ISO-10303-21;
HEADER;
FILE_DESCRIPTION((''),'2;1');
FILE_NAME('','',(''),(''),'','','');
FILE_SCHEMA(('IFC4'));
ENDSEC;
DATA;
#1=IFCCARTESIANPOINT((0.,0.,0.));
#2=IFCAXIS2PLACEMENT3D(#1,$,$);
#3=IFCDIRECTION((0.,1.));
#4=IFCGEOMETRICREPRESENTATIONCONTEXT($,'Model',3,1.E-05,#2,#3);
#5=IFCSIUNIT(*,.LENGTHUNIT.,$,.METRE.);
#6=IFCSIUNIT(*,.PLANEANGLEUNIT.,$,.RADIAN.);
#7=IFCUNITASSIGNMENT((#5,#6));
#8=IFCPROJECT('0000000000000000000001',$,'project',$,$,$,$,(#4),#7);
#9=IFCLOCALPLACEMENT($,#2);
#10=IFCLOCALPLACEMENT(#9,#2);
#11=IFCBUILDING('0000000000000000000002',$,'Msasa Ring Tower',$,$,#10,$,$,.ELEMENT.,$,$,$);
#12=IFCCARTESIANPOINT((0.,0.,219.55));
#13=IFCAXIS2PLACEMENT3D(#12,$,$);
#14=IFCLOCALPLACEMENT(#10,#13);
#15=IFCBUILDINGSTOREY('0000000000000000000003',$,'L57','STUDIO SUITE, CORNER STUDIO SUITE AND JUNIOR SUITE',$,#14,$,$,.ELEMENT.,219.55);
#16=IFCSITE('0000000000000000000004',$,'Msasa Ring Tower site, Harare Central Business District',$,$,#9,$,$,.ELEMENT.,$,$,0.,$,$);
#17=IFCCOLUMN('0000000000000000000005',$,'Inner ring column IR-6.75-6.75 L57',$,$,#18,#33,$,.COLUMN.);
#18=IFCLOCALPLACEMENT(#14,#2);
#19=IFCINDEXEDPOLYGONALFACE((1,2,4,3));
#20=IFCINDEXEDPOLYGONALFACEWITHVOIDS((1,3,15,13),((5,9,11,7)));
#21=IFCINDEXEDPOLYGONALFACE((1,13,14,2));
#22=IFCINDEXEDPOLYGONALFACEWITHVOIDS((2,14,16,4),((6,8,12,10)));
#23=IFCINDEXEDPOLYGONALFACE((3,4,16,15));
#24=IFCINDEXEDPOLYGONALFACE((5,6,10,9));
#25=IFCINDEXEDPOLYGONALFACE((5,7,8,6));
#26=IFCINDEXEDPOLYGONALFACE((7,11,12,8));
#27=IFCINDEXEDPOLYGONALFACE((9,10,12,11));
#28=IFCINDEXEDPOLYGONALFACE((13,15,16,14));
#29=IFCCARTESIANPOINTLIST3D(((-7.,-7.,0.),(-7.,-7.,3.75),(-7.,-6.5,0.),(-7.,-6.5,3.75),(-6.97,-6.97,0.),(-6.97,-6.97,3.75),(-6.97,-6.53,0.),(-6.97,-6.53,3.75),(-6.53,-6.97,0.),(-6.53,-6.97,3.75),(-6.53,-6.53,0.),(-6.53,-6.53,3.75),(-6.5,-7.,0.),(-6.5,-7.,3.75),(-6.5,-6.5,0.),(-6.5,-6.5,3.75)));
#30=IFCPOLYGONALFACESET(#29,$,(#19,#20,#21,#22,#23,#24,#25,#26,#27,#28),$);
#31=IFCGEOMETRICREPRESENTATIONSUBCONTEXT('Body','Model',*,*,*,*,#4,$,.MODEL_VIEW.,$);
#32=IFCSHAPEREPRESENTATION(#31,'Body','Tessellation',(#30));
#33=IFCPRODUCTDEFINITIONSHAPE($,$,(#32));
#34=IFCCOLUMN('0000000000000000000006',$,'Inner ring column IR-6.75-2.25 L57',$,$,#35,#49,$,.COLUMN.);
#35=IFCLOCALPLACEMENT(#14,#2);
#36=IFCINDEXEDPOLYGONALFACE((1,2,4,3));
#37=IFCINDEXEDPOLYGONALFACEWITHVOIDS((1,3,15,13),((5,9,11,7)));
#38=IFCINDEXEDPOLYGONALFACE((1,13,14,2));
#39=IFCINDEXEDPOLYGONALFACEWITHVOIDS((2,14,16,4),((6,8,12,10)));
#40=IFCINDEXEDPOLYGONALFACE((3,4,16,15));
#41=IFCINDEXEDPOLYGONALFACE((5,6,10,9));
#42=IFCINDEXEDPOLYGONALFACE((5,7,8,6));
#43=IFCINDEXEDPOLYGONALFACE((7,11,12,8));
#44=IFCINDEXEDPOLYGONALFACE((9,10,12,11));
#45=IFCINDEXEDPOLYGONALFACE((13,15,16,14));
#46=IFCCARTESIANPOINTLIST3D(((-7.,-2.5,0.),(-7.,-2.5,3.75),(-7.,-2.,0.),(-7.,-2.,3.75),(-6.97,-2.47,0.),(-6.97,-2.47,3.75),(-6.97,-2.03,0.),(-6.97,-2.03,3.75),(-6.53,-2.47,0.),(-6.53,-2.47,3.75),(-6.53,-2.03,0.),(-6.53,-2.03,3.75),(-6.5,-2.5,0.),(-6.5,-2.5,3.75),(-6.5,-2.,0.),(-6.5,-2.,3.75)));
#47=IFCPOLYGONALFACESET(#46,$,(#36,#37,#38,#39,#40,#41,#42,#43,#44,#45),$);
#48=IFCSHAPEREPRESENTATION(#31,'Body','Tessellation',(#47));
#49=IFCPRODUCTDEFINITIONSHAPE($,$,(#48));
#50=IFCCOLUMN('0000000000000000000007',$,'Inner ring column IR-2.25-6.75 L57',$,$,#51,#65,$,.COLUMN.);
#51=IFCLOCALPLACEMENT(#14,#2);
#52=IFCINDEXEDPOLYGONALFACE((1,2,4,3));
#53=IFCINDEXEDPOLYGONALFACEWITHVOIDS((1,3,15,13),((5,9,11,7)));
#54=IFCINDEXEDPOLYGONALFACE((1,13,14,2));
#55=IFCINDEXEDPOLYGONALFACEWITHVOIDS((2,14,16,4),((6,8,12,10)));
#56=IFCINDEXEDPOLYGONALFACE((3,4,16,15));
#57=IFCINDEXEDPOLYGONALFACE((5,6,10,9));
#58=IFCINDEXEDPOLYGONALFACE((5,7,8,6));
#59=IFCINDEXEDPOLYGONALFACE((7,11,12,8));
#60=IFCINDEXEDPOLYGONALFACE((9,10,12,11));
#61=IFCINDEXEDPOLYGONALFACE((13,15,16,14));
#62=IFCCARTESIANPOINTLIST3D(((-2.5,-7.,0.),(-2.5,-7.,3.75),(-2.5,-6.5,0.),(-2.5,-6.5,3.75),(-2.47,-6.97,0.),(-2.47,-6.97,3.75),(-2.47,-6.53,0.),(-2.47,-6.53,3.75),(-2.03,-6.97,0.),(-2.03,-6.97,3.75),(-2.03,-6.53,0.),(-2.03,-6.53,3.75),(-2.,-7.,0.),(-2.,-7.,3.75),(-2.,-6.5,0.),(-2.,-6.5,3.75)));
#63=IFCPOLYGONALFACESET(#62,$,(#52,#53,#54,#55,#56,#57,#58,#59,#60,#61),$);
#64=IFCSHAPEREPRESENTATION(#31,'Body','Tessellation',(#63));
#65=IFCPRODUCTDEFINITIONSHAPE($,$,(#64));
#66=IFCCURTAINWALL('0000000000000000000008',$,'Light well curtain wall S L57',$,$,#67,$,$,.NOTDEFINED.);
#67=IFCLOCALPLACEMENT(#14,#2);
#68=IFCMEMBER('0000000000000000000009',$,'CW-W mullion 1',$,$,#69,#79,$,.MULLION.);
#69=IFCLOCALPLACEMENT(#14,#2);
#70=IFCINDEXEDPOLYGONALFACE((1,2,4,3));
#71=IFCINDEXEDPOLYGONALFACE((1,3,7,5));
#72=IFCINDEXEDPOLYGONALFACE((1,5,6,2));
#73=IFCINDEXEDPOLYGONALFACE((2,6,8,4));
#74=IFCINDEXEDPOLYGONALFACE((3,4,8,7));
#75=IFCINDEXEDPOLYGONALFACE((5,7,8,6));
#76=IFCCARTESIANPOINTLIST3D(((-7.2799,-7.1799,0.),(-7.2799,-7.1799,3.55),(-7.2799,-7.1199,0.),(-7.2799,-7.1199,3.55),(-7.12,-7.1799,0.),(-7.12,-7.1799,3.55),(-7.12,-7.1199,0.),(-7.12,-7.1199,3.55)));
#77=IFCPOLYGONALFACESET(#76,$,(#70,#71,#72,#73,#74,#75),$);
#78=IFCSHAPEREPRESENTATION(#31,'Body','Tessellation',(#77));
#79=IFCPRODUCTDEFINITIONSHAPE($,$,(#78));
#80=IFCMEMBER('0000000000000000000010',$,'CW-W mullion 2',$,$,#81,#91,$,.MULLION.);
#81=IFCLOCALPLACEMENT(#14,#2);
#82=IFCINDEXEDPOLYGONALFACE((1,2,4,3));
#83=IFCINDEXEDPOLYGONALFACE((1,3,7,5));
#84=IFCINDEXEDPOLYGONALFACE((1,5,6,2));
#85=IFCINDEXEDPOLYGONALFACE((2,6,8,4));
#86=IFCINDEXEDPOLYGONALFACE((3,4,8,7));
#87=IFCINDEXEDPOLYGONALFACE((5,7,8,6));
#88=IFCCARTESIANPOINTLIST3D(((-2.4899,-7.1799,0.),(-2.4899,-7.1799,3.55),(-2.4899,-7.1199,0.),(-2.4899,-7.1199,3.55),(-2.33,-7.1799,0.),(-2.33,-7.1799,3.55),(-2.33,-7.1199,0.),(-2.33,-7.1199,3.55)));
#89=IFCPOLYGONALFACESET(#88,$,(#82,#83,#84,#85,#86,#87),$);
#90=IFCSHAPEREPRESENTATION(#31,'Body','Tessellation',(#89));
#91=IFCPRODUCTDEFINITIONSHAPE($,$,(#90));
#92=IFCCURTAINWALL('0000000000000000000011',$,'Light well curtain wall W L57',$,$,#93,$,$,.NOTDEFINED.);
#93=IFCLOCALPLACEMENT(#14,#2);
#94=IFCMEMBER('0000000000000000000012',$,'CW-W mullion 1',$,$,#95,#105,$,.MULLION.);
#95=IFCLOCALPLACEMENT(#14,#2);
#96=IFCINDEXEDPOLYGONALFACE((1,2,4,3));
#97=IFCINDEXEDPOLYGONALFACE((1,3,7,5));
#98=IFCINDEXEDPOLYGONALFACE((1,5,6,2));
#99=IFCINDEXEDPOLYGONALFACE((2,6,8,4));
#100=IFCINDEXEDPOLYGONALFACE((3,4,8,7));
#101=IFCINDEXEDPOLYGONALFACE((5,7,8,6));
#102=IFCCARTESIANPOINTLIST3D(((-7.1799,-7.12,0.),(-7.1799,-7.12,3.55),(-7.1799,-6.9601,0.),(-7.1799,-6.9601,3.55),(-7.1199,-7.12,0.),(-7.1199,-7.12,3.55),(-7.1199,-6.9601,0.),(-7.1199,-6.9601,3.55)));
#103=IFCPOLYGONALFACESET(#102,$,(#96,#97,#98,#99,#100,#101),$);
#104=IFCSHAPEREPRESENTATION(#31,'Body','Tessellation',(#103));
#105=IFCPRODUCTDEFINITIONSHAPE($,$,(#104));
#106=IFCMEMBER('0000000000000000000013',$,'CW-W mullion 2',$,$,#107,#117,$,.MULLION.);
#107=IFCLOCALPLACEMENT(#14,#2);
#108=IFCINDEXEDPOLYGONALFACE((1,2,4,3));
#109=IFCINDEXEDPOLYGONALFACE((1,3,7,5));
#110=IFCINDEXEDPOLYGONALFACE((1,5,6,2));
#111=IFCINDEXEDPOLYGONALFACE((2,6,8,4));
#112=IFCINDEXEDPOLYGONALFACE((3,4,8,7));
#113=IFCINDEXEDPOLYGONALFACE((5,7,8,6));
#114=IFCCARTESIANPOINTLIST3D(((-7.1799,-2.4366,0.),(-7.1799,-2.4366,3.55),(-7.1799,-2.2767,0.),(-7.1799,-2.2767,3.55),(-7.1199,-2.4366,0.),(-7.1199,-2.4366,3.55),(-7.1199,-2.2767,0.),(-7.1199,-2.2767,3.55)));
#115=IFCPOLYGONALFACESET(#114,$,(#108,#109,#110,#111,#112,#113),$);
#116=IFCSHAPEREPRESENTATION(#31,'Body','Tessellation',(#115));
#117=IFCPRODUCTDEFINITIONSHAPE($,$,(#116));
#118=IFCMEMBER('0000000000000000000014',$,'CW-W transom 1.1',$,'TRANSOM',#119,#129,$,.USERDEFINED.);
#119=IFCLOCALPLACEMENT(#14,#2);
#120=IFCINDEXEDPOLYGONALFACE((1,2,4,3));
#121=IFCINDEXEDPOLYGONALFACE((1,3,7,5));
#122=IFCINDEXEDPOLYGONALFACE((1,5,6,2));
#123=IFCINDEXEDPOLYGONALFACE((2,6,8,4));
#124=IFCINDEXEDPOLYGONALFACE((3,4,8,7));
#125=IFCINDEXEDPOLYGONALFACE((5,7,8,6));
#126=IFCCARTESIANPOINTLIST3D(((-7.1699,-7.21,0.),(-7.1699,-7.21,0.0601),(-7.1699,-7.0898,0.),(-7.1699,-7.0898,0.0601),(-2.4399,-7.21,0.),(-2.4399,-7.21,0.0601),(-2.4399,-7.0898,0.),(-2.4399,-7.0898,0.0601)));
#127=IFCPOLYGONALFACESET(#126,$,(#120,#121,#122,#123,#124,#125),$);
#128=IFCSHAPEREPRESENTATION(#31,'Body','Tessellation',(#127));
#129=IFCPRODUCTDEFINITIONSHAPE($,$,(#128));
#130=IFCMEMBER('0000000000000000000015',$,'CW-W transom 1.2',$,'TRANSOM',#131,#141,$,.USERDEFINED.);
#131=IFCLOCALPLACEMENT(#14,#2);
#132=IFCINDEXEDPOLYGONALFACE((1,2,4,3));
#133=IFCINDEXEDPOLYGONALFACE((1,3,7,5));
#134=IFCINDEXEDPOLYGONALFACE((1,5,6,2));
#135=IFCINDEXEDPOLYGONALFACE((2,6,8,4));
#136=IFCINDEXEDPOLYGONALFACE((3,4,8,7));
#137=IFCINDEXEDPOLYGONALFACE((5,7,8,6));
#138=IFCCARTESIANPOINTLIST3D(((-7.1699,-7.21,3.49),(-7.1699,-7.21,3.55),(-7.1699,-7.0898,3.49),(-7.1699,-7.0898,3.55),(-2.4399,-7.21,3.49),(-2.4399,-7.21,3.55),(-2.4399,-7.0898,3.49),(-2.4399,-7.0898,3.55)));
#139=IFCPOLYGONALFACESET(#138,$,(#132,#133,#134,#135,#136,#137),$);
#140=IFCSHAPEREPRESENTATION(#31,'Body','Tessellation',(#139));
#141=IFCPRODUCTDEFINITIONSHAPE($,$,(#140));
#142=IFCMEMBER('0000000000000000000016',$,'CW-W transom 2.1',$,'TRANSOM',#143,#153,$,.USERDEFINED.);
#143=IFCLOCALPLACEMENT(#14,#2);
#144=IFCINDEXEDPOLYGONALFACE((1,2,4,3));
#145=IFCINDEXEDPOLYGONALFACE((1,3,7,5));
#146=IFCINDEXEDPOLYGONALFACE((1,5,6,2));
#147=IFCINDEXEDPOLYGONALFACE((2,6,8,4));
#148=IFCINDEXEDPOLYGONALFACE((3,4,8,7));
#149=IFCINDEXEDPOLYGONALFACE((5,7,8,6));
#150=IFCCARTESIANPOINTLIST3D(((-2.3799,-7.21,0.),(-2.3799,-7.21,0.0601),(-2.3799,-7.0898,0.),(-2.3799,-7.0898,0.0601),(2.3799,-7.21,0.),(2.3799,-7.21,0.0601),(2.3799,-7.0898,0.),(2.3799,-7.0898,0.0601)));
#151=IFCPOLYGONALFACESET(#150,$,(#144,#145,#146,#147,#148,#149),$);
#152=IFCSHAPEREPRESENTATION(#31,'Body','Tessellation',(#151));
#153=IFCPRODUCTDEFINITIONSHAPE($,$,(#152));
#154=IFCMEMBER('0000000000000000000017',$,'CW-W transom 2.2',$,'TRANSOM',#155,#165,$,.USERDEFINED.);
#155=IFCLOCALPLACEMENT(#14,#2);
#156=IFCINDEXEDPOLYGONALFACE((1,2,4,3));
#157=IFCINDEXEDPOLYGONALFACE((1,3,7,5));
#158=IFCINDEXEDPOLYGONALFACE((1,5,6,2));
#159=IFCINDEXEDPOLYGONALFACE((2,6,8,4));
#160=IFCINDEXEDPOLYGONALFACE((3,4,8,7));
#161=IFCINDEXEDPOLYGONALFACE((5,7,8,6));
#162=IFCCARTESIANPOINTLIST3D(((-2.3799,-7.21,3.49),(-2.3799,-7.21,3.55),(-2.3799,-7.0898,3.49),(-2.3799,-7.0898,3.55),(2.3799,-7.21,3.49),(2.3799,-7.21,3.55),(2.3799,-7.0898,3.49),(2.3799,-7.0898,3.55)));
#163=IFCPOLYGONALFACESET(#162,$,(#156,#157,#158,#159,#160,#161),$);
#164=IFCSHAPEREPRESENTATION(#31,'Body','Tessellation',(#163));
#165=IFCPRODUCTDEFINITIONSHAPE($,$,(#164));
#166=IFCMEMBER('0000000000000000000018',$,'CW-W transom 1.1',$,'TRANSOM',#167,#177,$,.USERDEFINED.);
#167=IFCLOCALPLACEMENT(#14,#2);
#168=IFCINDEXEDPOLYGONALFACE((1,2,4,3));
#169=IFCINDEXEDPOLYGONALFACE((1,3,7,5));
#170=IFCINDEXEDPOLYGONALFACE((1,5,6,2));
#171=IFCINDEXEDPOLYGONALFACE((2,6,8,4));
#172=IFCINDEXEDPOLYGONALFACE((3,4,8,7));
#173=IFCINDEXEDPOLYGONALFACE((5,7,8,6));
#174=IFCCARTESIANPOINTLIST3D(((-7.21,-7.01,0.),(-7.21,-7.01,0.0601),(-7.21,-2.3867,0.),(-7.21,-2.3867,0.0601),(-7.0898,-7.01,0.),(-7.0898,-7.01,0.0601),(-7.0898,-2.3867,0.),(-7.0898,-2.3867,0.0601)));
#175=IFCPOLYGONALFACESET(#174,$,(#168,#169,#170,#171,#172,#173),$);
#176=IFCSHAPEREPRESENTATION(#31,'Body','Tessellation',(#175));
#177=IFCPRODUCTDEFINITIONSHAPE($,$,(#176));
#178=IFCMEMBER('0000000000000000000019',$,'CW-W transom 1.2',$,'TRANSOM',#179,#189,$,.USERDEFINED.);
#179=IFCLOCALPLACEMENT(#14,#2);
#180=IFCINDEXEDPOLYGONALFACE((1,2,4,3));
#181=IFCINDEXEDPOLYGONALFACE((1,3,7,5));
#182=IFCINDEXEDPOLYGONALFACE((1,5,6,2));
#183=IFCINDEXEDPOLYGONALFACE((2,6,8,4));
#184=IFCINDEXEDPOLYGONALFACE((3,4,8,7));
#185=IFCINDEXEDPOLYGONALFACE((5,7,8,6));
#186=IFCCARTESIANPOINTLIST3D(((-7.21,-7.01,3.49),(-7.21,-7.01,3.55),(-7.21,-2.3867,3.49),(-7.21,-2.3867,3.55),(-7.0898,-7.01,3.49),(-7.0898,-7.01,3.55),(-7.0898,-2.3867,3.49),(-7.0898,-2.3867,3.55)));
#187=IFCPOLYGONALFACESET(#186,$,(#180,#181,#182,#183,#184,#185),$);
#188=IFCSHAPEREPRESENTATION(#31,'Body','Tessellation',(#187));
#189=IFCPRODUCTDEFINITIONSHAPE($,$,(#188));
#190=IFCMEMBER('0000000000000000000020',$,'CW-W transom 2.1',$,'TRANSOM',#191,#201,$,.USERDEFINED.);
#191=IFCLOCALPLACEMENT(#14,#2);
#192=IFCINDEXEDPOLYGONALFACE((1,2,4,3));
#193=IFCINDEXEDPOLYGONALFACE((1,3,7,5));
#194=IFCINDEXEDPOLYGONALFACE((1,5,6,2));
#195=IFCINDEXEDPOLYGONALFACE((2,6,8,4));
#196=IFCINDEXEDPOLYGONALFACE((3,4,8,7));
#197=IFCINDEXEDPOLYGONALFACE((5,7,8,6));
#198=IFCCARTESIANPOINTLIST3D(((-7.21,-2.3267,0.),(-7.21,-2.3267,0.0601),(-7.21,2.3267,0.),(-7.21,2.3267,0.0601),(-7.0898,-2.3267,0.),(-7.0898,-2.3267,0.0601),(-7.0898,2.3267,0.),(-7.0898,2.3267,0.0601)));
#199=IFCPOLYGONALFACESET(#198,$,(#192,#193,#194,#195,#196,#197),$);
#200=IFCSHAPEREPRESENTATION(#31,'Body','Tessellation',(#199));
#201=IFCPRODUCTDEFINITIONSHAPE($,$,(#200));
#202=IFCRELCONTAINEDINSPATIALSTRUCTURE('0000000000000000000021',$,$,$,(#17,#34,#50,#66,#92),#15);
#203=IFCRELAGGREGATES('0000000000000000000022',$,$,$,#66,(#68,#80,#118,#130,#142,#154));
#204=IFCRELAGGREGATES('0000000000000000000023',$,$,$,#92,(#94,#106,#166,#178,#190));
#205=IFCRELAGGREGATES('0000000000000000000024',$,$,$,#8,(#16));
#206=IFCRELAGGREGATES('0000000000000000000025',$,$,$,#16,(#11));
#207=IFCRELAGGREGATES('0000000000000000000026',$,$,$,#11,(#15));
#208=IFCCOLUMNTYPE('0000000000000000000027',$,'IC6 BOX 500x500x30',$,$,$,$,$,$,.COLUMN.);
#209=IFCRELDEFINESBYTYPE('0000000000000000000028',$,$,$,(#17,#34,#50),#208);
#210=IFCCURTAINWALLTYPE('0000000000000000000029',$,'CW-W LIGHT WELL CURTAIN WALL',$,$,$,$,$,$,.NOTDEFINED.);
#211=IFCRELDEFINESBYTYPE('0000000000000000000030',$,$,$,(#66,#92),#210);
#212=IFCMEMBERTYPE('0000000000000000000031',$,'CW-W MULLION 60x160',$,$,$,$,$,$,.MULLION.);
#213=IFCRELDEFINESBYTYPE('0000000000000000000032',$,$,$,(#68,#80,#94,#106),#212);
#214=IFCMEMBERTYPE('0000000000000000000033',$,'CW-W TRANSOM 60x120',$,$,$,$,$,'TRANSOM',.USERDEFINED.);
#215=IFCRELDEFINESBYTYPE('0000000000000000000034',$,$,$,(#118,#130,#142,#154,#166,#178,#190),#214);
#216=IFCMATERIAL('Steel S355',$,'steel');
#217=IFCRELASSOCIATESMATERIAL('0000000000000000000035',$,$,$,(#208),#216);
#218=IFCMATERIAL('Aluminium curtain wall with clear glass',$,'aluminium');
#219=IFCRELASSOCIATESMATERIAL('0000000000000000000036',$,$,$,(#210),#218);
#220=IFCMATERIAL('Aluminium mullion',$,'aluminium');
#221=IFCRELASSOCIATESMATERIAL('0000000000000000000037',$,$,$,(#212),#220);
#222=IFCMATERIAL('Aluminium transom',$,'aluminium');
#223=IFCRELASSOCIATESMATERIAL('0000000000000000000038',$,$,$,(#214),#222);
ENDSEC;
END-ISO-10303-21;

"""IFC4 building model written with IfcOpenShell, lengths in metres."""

from ifc_helpers import new_model, si_unit, direction, frame, origin, origin_2d, place, context, subcontext, project, spatial, rectangle, hollow_rectangle, extrude, material, material_profile, profile_set, type_object, element, aggregate, save


model = new_model("IFC4")

# Units and contexts
model_context = context("Model", 3, precision=1e-05, world=origin(), true_north=direction((0.0, 1.0)))
body_context = subcontext(model_context, "Body", "Model", "MODEL_VIEW")
ifc_project = project(units=[si_unit("LENGTHUNIT", "METRE"), si_unit("PLANEANGLEUNIT", "RADIAN")], contexts=[model_context])

# Site, building, storey
site_placement = place(None, origin())
site = spatial("IfcSite", under=ifc_project, at=site_placement, Name="Msasa Ring Tower site, Harare Central Business District", CompositionType="ELEMENT", RefElevation=0.0)
building_placement = place(site_placement, origin())
building = spatial("IfcBuilding", under=site, at=building_placement, Name="Msasa Ring Tower", CompositionType="ELEMENT")
storey_placement = place(building_placement, frame((0.0, 0.0, 219.55)))
storey = spatial("IfcBuildingStorey", under=building, at=storey_placement, Name="L57", Description="STUDIO SUITE, CORNER STUDIO SUITE AND JUNIOR SUITE", CompositionType="ELEMENT", Elevation=219.55)

# Columns
ifc_material_1 = material(Name="Steel S355", Category="steel")
ifc_material_profile_1 = material_profile(ifc_material_1, hollow_rectangle(XDim=0.5, YDim=0.5, WallThickness=0.03, at=origin_2d()), Name="BOX 500x500x30")
ifc_profile_set_1 = profile_set([ifc_material_profile_1], Name="Steel S355")
column_type = type_object("IfcColumnType", Name="IC6 BOX 500x500x30", PredefinedType="COLUMN", material=ifc_profile_set_1)
for number, where, z_axis, x_axis, name in (
    (1, (-6.75, -6.75, 0.0), (0.0, 0.0, 1.0), (1.0, 0.0, 0.0), "Inner ring column IR-6.75-6.75 L57"),
    (2, (-6.75, -2.25, 0.0), (0.0, 0.0, 1.0), (1.0, 0.0, 0.0), "Inner ring column IR-6.75-2.25 L57"),
    (3, (-2.25, -6.75, 0.0), (0.0, 0.0, 1.0), (1.0, 0.0, 0.0), "Inner ring column IR-2.25-6.75 L57"),
):
    element("IfcColumn", number, at=place(storey_placement, frame(where, z_axis=z_axis, x_axis=x_axis)), inside=storey, type_object=column_type, Name=name, PredefinedType="COLUMN", context=body_context, shape_type="SweptSolid", body=[
        extrude(hollow_rectangle(XDim=0.5, YDim=0.5, WallThickness=0.03, at=origin_2d()), origin(), (0.0, 0.0, 1.0), 3.75),
    ])

# Curtain walls, members
ifc_material_2 = material(Name="Aluminium curtain wall with clear glass", Category="aluminium")
curtain_wall_type = type_object("IfcCurtainWallType", Name="CW-W LIGHT WELL CURTAIN WALL", PredefinedType="NOTDEFINED", material=ifc_material_2)
curtain_wall_1_placement = place(storey_placement, origin())
curtain_wall_1 = element("IfcCurtainWall", 4, at=curtain_wall_1_placement, inside=storey, type_object=curtain_wall_type, Name="Light well curtain wall S L57", PredefinedType="NOTDEFINED")
ifc_material_3 = material(Name="Aluminium mullion", Category="aluminium")
ifc_material_profile_2 = material_profile(ifc_material_3, rectangle(XDim=0.0601, YDim=0.1599, at=origin_2d()), Name="AL 60x160")
ifc_profile_set_2 = profile_set([ifc_material_profile_2], Name="Aluminium mullion")
member_type_1 = type_object("IfcMemberType", Name="CW-W MULLION 60x160", PredefinedType="MULLION", material=ifc_profile_set_2)
member_1_placement = place(storey_placement, frame((-7.2, -7.1499, 0.0), z_axis=(0.0, 0.0, 1.0), x_axis=(0.0, 1.0, 0.0)))
member_1 = element("IfcMember", 5, at=member_1_placement, type_object=member_type_1, Name="CW-W mullion 1", PredefinedType="MULLION", context=body_context, shape_type="SweptSolid", body=[
    extrude(rectangle(XDim=0.0601, YDim=0.1599, at=origin_2d()), origin(), (0.0, 0.0, 1.0), 3.55),
])
member_2_placement = place(storey_placement, frame((-2.4099, -7.1499, 0.0), z_axis=(0.0, 0.0, 1.0), x_axis=(0.0, 1.0, 0.0)))
member_2 = element("IfcMember", 6, at=member_2_placement, type_object=member_type_1, Name="CW-W mullion 2", PredefinedType="MULLION", context=body_context, shape_type="SweptSolid", body=[
    extrude(rectangle(XDim=0.0601, YDim=0.1599, at=origin_2d()), origin(), (0.0, 0.0, 1.0), 3.55),
])
curtain_wall_2_placement = place(storey_placement, origin())
curtain_wall_2 = element("IfcCurtainWall", 7, at=curtain_wall_2_placement, inside=storey, type_object=curtain_wall_type, Name="Light well curtain wall W L57", PredefinedType="NOTDEFINED")
member_3_placement = place(storey_placement, frame((-7.1499, -7.04, 0.0), z_axis=(0.0, 0.0, 1.0), x_axis=(-1.0, 0.0, 0.0)))
member_3 = element("IfcMember", 8, at=member_3_placement, type_object=member_type_1, Name="CW-W mullion 1", PredefinedType="MULLION", context=body_context, shape_type="SweptSolid", body=[
    extrude(rectangle(XDim=0.0601, YDim=0.1599, at=origin_2d()), origin(), (0.0, 0.0, 1.0), 3.55),
])
member_4_placement = place(storey_placement, frame((-7.1499, -2.3567, 0.0), z_axis=(0.0, 0.0, 1.0), x_axis=(-1.0, 0.0, 0.0)))
member_4 = element("IfcMember", 9, at=member_4_placement, type_object=member_type_1, Name="CW-W mullion 2", PredefinedType="MULLION", context=body_context, shape_type="SweptSolid", body=[
    extrude(rectangle(XDim=0.0601, YDim=0.1599, at=origin_2d()), origin(), (0.0, 0.0, 1.0), 3.55),
])

# Members
ifc_material_4 = material(Name="Aluminium transom", Category="aluminium")
ifc_material_profile_3 = material_profile(ifc_material_4, rectangle(XDim=0.1201, YDim=0.0601, at=origin_2d()), Name="AL 60x120")
ifc_profile_set_3 = profile_set([ifc_material_profile_3], Name="Aluminium transom")
member_type_2 = type_object("IfcMemberType", Name="CW-W TRANSOM 60x120", ElementType="TRANSOM", PredefinedType="USERDEFINED", material=ifc_profile_set_3)
member_5_placement = place(storey_placement, frame((-7.1699, -7.1499, 0.03), z_axis=(1.0, 0.0, 0.0), x_axis=(0.0, 1.0, 0.0)))
member_5 = element("IfcMember", 10, at=member_5_placement, type_object=member_type_2, Name="CW-W transom 1.1", ObjectType="TRANSOM", PredefinedType="USERDEFINED", context=body_context, shape_type="SweptSolid", body=[
    extrude(rectangle(XDim=0.1201, YDim=0.0601, at=origin_2d()), origin(), (0.0, 0.0, 1.0), 4.73),
])
member_6_placement = place(storey_placement, frame((-7.1699, -7.1499, 3.52), z_axis=(1.0, 0.0, 0.0), x_axis=(0.0, 1.0, 0.0)))
member_6 = element("IfcMember", 11, at=member_6_placement, type_object=member_type_2, Name="CW-W transom 1.2", ObjectType="TRANSOM", PredefinedType="USERDEFINED", context=body_context, shape_type="SweptSolid", body=[
    extrude(rectangle(XDim=0.1201, YDim=0.0601, at=origin_2d()), origin(), (0.0, 0.0, 1.0), 4.73),
])
member_7_placement = place(storey_placement, frame((-2.3799, -7.1499, 0.03), z_axis=(1.0, 0.0, 0.0), x_axis=(0.0, 1.0, 0.0)))
member_7 = element("IfcMember", 12, at=member_7_placement, type_object=member_type_2, Name="CW-W transom 2.1", ObjectType="TRANSOM", PredefinedType="USERDEFINED", context=body_context, shape_type="SweptSolid", body=[
    extrude(rectangle(XDim=0.1201, YDim=0.0601, at=origin_2d()), origin(), (0.0, 0.0, 1.0), 4.7598),
])
member_8_placement = place(storey_placement, frame((-2.3799, -7.1499, 3.52), z_axis=(1.0, 0.0, 0.0), x_axis=(0.0, 1.0, 0.0)))
member_8 = element("IfcMember", 13, at=member_8_placement, type_object=member_type_2, Name="CW-W transom 2.2", ObjectType="TRANSOM", PredefinedType="USERDEFINED", context=body_context, shape_type="SweptSolid", body=[
    extrude(rectangle(XDim=0.1201, YDim=0.0601, at=origin_2d()), origin(), (0.0, 0.0, 1.0), 4.7598),
])
member_9_placement = place(storey_placement, frame((-7.1499, -7.01, 0.03), z_axis=(0.0, 1.0, 0.0), x_axis=(-1.0, 0.0, 0.0)))
member_9 = element("IfcMember", 14, at=member_9_placement, type_object=member_type_2, Name="CW-W transom 1.1", ObjectType="TRANSOM", PredefinedType="USERDEFINED", context=body_context, shape_type="SweptSolid", body=[
    extrude(rectangle(XDim=0.1201, YDim=0.0601, at=origin_2d()), origin(), (0.0, 0.0, 1.0), 4.6233),
])
member_10_placement = place(storey_placement, frame((-7.1499, -7.01, 3.52), z_axis=(0.0, 1.0, 0.0), x_axis=(-1.0, 0.0, 0.0)))
member_10 = element("IfcMember", 15, at=member_10_placement, type_object=member_type_2, Name="CW-W transom 1.2", ObjectType="TRANSOM", PredefinedType="USERDEFINED", context=body_context, shape_type="SweptSolid", body=[
    extrude(rectangle(XDim=0.1201, YDim=0.0601, at=origin_2d()), origin(), (0.0, 0.0, 1.0), 4.6233),
])
member_11_placement = place(storey_placement, frame((-7.1499, -2.3267, 0.03), z_axis=(0.0, 1.0, 0.0), x_axis=(-1.0, 0.0, 0.0)))
member_11 = element("IfcMember", 16, at=member_11_placement, type_object=member_type_2, Name="CW-W transom 2.1", ObjectType="TRANSOM", PredefinedType="USERDEFINED", context=body_context, shape_type="SweptSolid", body=[
    extrude(rectangle(XDim=0.1201, YDim=0.0601, at=origin_2d()), origin(), (0.0, 0.0, 1.0), 4.6533),
])

aggregate(curtain_wall_1, [member_1, member_2, member_5, member_6, member_7, member_8])
aggregate(curtain_wall_2, [member_3, member_4, member_9, member_10, member_11])

save(model, "model.ifc")
